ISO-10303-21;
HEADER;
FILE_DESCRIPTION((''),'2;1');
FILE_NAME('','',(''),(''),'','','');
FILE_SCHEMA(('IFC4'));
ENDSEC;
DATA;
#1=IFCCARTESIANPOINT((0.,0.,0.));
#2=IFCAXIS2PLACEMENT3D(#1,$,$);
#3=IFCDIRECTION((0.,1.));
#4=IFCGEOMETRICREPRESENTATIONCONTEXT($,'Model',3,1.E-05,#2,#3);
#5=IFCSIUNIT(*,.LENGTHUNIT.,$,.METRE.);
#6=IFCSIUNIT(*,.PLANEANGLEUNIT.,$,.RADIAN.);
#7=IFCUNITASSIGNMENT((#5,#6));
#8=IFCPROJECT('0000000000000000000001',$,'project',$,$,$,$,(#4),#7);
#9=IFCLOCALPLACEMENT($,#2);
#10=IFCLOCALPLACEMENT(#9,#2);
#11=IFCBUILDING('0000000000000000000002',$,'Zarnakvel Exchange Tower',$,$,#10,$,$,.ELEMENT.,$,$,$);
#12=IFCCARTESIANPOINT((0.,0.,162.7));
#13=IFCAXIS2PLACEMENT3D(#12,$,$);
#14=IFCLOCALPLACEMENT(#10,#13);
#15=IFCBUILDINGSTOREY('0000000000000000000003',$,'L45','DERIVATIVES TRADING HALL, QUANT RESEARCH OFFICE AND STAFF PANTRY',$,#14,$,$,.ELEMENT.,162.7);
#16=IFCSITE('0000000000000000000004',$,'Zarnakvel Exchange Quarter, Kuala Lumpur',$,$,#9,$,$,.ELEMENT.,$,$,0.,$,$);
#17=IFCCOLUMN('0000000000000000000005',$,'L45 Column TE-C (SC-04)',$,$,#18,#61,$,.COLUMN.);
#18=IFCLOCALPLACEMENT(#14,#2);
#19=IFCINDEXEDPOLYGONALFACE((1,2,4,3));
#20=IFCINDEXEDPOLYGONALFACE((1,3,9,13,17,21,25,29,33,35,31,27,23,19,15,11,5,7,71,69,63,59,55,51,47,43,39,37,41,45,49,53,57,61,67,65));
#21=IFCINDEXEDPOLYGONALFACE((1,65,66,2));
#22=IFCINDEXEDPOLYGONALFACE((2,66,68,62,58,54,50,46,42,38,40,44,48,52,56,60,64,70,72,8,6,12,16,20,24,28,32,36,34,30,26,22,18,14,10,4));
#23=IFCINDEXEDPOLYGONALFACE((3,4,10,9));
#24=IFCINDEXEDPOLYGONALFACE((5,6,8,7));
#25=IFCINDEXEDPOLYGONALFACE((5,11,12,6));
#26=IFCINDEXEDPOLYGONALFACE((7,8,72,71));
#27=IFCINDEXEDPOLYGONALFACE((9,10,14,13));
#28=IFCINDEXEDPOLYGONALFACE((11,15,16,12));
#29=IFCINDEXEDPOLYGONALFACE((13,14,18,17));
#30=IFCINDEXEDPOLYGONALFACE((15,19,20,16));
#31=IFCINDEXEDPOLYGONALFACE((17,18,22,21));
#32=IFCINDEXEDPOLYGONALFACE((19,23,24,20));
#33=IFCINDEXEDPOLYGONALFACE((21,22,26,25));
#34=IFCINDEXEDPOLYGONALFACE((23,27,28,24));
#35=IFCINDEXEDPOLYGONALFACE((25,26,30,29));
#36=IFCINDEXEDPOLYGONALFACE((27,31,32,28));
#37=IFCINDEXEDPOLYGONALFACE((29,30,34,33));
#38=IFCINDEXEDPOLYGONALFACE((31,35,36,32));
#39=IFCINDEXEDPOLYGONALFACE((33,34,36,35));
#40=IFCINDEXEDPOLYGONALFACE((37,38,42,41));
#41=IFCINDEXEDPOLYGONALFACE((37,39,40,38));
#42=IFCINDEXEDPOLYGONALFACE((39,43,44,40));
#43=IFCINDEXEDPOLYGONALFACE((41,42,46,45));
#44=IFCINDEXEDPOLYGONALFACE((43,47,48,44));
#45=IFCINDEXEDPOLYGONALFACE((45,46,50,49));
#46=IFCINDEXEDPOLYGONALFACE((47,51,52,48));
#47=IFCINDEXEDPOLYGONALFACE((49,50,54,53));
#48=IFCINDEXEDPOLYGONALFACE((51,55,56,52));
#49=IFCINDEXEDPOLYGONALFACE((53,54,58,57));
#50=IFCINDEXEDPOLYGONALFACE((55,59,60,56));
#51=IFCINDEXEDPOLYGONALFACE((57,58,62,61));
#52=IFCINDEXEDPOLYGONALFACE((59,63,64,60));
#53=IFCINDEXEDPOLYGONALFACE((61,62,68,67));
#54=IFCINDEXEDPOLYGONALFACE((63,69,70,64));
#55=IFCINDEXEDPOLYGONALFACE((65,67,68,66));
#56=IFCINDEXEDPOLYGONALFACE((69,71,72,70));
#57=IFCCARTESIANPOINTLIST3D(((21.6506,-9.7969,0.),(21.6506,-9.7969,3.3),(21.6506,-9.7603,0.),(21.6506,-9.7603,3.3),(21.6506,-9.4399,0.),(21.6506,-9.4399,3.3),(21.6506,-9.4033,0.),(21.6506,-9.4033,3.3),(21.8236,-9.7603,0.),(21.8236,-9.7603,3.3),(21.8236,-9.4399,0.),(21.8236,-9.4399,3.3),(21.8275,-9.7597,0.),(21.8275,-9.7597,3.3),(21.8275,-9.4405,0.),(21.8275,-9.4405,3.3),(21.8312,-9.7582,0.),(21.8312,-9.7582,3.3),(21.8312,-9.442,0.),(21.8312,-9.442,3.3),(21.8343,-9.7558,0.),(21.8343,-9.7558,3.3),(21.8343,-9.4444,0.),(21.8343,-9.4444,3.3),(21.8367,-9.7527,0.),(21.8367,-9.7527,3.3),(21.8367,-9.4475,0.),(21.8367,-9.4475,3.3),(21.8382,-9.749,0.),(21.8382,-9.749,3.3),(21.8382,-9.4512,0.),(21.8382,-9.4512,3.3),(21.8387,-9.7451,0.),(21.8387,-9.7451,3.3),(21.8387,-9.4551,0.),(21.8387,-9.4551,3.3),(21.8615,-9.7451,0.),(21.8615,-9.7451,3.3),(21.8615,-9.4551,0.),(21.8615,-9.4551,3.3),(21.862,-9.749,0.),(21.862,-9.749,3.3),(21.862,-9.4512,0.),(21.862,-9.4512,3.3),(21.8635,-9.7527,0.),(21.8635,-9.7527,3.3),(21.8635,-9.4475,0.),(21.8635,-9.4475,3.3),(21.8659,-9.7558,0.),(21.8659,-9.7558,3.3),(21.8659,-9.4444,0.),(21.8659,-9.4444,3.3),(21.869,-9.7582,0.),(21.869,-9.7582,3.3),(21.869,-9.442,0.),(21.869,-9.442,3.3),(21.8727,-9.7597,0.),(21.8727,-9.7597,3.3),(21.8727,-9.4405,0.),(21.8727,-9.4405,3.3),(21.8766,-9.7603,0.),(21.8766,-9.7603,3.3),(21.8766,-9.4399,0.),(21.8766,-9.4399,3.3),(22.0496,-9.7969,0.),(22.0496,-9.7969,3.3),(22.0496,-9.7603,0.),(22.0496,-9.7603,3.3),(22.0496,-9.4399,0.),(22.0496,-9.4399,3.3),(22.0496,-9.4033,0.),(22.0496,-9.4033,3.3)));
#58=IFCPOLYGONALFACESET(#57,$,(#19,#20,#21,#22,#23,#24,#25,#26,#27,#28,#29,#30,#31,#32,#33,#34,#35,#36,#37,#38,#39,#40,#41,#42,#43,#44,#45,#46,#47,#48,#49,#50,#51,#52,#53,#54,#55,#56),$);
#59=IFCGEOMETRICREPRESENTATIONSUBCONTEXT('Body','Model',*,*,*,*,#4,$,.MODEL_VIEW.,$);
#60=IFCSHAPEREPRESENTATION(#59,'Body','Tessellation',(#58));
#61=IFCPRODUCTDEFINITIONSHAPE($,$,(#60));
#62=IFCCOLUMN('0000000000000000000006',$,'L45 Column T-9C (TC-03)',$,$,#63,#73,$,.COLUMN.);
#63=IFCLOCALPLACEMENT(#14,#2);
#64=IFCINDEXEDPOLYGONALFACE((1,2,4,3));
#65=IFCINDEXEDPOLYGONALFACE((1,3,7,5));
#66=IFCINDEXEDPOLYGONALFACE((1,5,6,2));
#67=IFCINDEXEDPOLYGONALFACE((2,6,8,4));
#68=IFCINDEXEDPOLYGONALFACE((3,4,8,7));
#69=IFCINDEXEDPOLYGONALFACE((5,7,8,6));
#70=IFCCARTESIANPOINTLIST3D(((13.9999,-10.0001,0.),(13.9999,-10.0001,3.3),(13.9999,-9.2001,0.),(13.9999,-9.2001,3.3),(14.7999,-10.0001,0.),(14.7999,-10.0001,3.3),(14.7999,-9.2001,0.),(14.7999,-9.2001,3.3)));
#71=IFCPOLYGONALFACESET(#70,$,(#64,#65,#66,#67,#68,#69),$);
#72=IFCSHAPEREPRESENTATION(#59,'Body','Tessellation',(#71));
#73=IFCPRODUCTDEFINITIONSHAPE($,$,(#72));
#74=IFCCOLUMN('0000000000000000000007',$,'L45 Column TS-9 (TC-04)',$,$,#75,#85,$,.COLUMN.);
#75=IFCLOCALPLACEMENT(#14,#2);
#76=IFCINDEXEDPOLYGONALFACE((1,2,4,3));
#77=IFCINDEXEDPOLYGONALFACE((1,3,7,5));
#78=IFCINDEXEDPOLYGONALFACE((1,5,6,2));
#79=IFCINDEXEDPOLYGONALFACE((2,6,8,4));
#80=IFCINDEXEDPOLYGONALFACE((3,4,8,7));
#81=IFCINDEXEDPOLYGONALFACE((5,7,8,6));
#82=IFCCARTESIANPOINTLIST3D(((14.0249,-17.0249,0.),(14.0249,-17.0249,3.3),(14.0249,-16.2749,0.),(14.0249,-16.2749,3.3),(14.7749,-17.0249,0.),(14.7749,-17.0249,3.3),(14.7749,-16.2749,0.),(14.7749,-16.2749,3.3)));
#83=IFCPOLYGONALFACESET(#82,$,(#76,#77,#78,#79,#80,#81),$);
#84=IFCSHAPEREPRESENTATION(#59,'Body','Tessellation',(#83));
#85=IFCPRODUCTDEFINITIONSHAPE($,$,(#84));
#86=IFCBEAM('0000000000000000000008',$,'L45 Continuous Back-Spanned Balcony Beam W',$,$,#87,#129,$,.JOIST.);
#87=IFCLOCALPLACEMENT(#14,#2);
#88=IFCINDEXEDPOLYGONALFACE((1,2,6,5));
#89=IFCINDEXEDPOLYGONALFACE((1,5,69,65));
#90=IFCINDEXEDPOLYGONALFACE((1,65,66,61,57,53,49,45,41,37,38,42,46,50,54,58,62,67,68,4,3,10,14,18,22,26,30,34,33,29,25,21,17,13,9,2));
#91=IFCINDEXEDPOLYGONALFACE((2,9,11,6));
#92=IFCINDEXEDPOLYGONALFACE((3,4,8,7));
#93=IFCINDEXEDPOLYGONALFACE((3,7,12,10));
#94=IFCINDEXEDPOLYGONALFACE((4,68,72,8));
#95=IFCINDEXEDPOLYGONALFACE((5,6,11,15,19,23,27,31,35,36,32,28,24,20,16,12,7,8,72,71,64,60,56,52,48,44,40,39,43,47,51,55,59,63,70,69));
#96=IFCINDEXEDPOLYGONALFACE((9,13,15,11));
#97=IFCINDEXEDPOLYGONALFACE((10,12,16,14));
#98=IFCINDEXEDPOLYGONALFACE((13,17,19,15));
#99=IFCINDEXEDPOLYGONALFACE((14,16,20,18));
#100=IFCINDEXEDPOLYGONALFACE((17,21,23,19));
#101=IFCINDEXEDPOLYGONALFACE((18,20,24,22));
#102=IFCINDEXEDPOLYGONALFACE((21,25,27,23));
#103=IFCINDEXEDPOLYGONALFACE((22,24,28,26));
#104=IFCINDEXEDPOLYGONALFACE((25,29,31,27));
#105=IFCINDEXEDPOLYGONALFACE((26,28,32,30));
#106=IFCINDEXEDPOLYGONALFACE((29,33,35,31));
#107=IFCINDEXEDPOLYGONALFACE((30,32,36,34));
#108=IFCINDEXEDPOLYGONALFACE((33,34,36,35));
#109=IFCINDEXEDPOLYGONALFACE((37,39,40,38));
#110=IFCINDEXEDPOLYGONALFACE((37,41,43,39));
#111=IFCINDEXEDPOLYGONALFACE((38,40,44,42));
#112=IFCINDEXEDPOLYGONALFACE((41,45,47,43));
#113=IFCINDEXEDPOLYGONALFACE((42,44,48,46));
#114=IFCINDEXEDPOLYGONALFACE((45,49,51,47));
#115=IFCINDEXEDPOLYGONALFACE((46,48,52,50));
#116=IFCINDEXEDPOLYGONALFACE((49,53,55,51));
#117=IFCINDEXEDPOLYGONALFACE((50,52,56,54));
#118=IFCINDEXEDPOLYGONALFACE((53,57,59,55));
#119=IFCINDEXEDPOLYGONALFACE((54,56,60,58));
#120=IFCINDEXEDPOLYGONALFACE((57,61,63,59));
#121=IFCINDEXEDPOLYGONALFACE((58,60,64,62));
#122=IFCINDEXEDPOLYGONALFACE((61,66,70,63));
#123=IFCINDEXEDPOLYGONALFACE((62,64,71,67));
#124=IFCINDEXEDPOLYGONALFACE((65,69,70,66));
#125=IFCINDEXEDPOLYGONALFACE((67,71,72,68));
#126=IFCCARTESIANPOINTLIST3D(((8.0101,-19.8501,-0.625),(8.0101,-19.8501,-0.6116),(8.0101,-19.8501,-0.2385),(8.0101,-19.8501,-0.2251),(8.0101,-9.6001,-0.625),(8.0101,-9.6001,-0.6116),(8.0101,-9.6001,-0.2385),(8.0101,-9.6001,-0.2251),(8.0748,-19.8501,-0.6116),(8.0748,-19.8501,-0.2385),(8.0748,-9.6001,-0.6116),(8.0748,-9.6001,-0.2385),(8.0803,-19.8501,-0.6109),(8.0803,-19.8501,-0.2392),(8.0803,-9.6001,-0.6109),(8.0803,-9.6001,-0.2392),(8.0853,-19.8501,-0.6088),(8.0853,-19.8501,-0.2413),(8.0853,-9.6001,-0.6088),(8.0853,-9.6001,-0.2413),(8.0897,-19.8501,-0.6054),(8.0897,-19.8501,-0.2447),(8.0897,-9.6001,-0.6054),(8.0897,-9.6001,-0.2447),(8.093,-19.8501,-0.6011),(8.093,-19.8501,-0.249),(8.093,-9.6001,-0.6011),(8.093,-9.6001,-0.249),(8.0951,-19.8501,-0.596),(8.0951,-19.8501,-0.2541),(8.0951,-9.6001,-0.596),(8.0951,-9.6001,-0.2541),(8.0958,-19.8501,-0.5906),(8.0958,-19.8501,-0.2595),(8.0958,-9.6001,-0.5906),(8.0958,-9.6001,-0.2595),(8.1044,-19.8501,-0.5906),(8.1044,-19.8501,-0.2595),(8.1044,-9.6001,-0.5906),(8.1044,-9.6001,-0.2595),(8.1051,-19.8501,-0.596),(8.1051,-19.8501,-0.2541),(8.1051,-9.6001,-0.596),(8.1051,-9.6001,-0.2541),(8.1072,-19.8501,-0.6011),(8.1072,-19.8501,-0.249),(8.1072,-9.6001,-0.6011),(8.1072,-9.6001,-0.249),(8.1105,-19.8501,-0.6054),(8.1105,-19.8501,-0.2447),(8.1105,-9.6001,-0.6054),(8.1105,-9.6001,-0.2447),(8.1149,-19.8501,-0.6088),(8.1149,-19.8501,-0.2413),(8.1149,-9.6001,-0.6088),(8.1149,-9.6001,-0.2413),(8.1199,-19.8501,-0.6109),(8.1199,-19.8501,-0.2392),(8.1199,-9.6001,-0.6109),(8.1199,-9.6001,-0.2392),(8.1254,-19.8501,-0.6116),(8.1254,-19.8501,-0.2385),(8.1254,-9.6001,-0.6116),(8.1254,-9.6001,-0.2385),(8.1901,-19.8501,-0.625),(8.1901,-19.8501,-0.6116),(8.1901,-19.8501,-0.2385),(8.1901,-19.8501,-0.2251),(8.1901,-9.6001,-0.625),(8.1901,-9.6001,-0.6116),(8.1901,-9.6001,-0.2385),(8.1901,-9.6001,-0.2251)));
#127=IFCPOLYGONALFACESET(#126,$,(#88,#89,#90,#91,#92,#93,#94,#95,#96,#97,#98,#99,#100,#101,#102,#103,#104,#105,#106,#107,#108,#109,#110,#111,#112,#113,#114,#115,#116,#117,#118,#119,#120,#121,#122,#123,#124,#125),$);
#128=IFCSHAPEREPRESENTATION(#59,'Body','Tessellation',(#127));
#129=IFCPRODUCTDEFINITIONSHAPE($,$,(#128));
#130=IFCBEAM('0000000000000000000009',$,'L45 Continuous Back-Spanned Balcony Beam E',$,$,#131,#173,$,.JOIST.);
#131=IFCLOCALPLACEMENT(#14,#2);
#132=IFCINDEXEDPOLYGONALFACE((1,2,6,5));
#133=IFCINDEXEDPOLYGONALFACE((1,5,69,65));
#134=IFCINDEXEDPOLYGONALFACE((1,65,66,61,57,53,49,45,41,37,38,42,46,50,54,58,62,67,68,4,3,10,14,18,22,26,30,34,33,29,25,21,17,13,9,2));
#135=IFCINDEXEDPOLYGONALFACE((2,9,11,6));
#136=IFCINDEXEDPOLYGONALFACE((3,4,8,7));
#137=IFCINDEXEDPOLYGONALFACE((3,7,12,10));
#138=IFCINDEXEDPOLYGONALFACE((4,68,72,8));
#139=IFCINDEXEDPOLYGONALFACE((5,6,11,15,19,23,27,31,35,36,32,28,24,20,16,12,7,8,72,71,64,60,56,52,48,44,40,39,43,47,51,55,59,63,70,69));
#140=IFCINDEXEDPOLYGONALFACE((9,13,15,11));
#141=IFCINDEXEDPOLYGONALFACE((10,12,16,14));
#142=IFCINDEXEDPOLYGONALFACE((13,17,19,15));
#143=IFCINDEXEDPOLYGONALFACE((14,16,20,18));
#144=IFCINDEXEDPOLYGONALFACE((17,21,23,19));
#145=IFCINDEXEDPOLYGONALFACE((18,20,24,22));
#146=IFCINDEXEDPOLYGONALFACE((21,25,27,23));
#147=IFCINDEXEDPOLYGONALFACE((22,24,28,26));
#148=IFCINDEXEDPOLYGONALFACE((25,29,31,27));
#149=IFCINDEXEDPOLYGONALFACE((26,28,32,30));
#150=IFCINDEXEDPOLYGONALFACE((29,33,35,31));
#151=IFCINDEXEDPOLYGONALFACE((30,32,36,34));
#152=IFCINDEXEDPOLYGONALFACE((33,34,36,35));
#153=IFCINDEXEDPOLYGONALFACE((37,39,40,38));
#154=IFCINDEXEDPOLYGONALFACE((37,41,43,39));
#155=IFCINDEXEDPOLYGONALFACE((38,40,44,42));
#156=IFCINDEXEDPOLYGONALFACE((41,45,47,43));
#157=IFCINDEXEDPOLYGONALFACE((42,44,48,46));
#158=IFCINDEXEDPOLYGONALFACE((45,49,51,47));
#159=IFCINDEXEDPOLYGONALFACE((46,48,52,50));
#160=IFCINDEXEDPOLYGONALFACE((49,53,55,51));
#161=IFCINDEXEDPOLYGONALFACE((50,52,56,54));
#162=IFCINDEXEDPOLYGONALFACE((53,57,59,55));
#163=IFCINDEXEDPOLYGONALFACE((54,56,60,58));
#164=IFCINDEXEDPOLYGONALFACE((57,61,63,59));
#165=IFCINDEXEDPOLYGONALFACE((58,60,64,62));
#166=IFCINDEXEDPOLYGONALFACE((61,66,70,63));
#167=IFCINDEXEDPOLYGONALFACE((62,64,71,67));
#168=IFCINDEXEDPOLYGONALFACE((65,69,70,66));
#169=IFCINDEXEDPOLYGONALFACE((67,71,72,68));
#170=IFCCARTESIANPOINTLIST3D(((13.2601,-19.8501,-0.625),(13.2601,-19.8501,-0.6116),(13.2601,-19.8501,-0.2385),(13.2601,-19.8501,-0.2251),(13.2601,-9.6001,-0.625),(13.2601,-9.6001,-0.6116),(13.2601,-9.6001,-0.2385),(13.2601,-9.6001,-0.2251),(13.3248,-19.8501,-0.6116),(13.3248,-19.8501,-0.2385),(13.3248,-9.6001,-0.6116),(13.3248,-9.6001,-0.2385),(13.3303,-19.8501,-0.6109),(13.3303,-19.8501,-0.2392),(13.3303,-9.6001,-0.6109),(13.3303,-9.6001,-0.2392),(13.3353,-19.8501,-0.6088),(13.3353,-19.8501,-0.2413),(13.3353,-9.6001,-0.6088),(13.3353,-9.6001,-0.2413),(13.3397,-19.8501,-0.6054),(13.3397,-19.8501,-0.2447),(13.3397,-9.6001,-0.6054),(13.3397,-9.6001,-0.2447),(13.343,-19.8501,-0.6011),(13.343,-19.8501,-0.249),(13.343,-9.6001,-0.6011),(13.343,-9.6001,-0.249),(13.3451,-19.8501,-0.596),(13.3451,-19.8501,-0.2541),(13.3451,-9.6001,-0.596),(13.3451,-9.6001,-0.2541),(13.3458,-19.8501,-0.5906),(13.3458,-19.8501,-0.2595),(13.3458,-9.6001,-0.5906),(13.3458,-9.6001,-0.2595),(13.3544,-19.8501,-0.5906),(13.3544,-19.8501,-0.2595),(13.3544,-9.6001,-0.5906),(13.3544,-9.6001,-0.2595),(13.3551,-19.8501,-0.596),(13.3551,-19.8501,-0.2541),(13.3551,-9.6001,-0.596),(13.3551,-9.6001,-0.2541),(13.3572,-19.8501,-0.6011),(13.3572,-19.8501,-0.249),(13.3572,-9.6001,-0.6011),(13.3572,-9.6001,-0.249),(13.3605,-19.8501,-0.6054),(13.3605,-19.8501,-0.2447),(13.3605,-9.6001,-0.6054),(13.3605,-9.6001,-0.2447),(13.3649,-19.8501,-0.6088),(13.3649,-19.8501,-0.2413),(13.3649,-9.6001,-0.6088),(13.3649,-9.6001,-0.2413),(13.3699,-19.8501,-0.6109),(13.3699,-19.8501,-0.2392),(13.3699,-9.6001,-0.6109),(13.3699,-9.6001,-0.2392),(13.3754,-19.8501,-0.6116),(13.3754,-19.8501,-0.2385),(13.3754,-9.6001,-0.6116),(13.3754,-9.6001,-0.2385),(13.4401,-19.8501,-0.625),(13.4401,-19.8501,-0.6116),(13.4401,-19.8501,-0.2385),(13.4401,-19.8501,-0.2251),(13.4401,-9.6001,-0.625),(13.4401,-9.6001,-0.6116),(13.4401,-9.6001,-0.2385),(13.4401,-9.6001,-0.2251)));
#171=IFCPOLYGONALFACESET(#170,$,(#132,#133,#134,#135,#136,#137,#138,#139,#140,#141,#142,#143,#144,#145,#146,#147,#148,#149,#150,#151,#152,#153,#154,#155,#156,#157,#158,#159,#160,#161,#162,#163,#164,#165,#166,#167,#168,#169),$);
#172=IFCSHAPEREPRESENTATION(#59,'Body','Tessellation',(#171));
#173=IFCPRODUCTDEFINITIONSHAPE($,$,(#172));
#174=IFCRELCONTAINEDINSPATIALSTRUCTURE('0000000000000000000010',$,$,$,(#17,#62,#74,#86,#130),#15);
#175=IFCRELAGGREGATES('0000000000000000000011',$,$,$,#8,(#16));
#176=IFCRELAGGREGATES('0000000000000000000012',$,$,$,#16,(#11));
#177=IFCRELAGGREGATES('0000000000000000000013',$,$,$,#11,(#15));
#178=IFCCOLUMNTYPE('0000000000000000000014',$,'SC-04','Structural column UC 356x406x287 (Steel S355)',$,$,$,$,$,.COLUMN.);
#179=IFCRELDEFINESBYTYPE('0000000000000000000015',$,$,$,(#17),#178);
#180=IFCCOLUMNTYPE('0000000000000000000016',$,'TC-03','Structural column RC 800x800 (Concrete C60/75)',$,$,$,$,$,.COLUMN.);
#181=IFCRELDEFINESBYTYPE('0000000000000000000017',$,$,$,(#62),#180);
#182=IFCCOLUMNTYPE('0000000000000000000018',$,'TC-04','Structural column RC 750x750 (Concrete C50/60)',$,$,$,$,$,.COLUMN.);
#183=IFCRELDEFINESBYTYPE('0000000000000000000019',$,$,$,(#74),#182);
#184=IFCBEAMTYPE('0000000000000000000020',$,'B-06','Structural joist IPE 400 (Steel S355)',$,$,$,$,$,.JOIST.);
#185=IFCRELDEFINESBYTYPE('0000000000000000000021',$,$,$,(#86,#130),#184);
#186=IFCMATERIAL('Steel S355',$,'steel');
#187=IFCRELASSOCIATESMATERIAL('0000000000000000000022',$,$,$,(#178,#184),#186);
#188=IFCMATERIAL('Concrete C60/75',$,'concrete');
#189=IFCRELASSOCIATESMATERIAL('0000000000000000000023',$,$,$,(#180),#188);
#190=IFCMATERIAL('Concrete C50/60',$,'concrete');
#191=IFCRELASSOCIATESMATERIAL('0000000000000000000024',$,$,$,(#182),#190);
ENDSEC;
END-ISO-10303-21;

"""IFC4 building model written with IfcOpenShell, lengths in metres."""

from ifc_helpers import new_model, si_unit, direction, frame, origin, origin_2d, place, context, subcontext, project, spatial, rectangle, i_section, extrude, material, material_profile, profile_set, type_object, element, save


model = new_model("IFC4")

# Units and contexts
model_context = context("Model", 3, precision=1e-05, world=origin(), true_north=direction((0.0, 1.0)))
body_context = subcontext(model_context, "Body", "Model", "MODEL_VIEW")
ifc_project = project(units=[si_unit("LENGTHUNIT", "METRE"), si_unit("PLANEANGLEUNIT", "RADIAN")], contexts=[model_context])

# Site, building, storey
site_placement = place(None, origin())
site = spatial("IfcSite", under=ifc_project, at=site_placement, Name="Zarnakvel Exchange Quarter, Kuala Lumpur", CompositionType="ELEMENT", RefElevation=0.0)
building_placement = place(site_placement, origin())
building = spatial("IfcBuilding", under=site, at=building_placement, Name="Zarnakvel Exchange Tower", CompositionType="ELEMENT")
storey_placement = place(building_placement, frame((0.0, 0.0, 162.7)))
storey = spatial("IfcBuildingStorey", under=building, at=storey_placement, Name="L45", Description="DERIVATIVES TRADING HALL, QUANT RESEARCH OFFICE AND STAFF PANTRY", CompositionType="ELEMENT", Elevation=162.7)

# Columns
ifc_material_1 = material(Name="Steel S355", Category="steel")
ifc_material_profile_1 = material_profile(ifc_material_1, i_section(OverallWidth=0.3989, OverallDepth=0.3936, WebThickness=0.0227, FlangeThickness=0.0366, FilletRadius=0.0151, at=origin_2d()))
ifc_profile_set_1 = profile_set([ifc_material_profile_1], Name="Steel S355")
column_type_1 = type_object("IfcColumnType", Name="SC-04", Description="Structural column UC 356x406x287 (Steel S355)", PredefinedType="COLUMN", material=ifc_profile_set_1)
column_1_placement = place(storey_placement, frame((21.8501, -9.6001, 0.0), z_axis=(0.0, 0.0, 1.0), x_axis=(1.0, 0.0, 0.0)))
element("IfcColumn", 1, at=column_1_placement, inside=storey, type_object=column_type_1, Name="L45 Column TE-C (SC-04)", PredefinedType="COLUMN", context=body_context, shape_type="SweptSolid", body=[
    extrude(i_section(OverallWidth=0.3989, OverallDepth=0.3936, WebThickness=0.0227, FlangeThickness=0.0366, FilletRadius=0.0151, at=origin_2d()), origin(), (0.0, 0.0, 1.0), 3.3),
])
ifc_material_2 = material(Name="Concrete C60/75", Category="concrete")
ifc_material_profile_2 = material_profile(ifc_material_2, rectangle(XDim=0.8, YDim=0.8, at=origin_2d()))
ifc_profile_set_2 = profile_set([ifc_material_profile_2], Name="Concrete C60/75")
column_type_2 = type_object("IfcColumnType", Name="TC-03", Description="Structural column RC 800x800 (Concrete C60/75)", PredefinedType="COLUMN", material=ifc_profile_set_2)
column_2_placement = place(storey_placement, frame((14.3999, -9.6001, 0.0), z_axis=(0.0, 0.0, 1.0), x_axis=(1.0, 0.0, 0.0)))
element("IfcColumn", 2, at=column_2_placement, inside=storey, type_object=column_type_2, Name="L45 Column T-9C (TC-03)", PredefinedType="COLUMN", context=body_context, shape_type="SweptSolid", body=[
    extrude(rectangle(XDim=0.8, YDim=0.8, at=origin_2d()), origin(), (0.0, 0.0, 1.0), 3.3),
])
ifc_material_3 = material(Name="Concrete C50/60", Category="concrete")
ifc_material_profile_3 = material_profile(ifc_material_3, rectangle(XDim=0.75, YDim=0.75, at=origin_2d()))
ifc_profile_set_3 = profile_set([ifc_material_profile_3], Name="Concrete C50/60")
column_type_3 = type_object("IfcColumnType", Name="TC-04", Description="Structural column RC 750x750 (Concrete C50/60)", PredefinedType="COLUMN", material=ifc_profile_set_3)
column_3_placement = place(storey_placement, frame((14.3999, -16.6499, 0.0), z_axis=(0.0, 0.0, 1.0), x_axis=(1.0, 0.0, 0.0)))
element("IfcColumn", 3, at=column_3_placement, inside=storey, type_object=column_type_3, Name="L45 Column TS-9 (TC-04)", PredefinedType="COLUMN", context=body_context, shape_type="SweptSolid", body=[
    extrude(rectangle(XDim=0.75, YDim=0.75, at=origin_2d()), origin(), (0.0, 0.0, 1.0), 3.3),
])

# Beams
ifc_material_profile_4 = material_profile(ifc_material_1, i_section(OverallWidth=0.1799, OverallDepth=0.3999, WebThickness=0.0085, FlangeThickness=0.0134, FilletRadius=0.021, at=origin_2d()))
ifc_profile_set_4 = profile_set([ifc_material_profile_4], Name="Steel S355")
beam_type_1 = type_object("IfcBeamType", Name="B-06", Description="Structural joist IPE 400 (Steel S355)", PredefinedType="JOIST", material=ifc_profile_set_4)
for number, where, z_axis, x_axis, name in (
    (4, (8.1001, -9.6001, -0.425), (0.0, -1.0, 0.0), (1.0, 0.0, 0.0), "L45 Continuous Back-Spanned Balcony Beam W"),
    (5, (13.3501, -9.6001, -0.425), (0.0, -1.0, 0.0), (1.0, 0.0, 0.0), "L45 Continuous Back-Spanned Balcony Beam E"),
):
    element("IfcBeam", number, at=place(storey_placement, frame(where, z_axis=z_axis, x_axis=x_axis)), inside=storey, type_object=beam_type_1, Name=name, PredefinedType="JOIST", context=body_context, shape_type="SweptSolid", body=[
        extrude(i_section(OverallWidth=0.1799, OverallDepth=0.3999, WebThickness=0.0085, FlangeThickness=0.0134, FilletRadius=0.021, at=origin_2d()), origin(), (0.0, 0.0, 1.0), 10.25),
    ])

save(model, "model.ifc")
